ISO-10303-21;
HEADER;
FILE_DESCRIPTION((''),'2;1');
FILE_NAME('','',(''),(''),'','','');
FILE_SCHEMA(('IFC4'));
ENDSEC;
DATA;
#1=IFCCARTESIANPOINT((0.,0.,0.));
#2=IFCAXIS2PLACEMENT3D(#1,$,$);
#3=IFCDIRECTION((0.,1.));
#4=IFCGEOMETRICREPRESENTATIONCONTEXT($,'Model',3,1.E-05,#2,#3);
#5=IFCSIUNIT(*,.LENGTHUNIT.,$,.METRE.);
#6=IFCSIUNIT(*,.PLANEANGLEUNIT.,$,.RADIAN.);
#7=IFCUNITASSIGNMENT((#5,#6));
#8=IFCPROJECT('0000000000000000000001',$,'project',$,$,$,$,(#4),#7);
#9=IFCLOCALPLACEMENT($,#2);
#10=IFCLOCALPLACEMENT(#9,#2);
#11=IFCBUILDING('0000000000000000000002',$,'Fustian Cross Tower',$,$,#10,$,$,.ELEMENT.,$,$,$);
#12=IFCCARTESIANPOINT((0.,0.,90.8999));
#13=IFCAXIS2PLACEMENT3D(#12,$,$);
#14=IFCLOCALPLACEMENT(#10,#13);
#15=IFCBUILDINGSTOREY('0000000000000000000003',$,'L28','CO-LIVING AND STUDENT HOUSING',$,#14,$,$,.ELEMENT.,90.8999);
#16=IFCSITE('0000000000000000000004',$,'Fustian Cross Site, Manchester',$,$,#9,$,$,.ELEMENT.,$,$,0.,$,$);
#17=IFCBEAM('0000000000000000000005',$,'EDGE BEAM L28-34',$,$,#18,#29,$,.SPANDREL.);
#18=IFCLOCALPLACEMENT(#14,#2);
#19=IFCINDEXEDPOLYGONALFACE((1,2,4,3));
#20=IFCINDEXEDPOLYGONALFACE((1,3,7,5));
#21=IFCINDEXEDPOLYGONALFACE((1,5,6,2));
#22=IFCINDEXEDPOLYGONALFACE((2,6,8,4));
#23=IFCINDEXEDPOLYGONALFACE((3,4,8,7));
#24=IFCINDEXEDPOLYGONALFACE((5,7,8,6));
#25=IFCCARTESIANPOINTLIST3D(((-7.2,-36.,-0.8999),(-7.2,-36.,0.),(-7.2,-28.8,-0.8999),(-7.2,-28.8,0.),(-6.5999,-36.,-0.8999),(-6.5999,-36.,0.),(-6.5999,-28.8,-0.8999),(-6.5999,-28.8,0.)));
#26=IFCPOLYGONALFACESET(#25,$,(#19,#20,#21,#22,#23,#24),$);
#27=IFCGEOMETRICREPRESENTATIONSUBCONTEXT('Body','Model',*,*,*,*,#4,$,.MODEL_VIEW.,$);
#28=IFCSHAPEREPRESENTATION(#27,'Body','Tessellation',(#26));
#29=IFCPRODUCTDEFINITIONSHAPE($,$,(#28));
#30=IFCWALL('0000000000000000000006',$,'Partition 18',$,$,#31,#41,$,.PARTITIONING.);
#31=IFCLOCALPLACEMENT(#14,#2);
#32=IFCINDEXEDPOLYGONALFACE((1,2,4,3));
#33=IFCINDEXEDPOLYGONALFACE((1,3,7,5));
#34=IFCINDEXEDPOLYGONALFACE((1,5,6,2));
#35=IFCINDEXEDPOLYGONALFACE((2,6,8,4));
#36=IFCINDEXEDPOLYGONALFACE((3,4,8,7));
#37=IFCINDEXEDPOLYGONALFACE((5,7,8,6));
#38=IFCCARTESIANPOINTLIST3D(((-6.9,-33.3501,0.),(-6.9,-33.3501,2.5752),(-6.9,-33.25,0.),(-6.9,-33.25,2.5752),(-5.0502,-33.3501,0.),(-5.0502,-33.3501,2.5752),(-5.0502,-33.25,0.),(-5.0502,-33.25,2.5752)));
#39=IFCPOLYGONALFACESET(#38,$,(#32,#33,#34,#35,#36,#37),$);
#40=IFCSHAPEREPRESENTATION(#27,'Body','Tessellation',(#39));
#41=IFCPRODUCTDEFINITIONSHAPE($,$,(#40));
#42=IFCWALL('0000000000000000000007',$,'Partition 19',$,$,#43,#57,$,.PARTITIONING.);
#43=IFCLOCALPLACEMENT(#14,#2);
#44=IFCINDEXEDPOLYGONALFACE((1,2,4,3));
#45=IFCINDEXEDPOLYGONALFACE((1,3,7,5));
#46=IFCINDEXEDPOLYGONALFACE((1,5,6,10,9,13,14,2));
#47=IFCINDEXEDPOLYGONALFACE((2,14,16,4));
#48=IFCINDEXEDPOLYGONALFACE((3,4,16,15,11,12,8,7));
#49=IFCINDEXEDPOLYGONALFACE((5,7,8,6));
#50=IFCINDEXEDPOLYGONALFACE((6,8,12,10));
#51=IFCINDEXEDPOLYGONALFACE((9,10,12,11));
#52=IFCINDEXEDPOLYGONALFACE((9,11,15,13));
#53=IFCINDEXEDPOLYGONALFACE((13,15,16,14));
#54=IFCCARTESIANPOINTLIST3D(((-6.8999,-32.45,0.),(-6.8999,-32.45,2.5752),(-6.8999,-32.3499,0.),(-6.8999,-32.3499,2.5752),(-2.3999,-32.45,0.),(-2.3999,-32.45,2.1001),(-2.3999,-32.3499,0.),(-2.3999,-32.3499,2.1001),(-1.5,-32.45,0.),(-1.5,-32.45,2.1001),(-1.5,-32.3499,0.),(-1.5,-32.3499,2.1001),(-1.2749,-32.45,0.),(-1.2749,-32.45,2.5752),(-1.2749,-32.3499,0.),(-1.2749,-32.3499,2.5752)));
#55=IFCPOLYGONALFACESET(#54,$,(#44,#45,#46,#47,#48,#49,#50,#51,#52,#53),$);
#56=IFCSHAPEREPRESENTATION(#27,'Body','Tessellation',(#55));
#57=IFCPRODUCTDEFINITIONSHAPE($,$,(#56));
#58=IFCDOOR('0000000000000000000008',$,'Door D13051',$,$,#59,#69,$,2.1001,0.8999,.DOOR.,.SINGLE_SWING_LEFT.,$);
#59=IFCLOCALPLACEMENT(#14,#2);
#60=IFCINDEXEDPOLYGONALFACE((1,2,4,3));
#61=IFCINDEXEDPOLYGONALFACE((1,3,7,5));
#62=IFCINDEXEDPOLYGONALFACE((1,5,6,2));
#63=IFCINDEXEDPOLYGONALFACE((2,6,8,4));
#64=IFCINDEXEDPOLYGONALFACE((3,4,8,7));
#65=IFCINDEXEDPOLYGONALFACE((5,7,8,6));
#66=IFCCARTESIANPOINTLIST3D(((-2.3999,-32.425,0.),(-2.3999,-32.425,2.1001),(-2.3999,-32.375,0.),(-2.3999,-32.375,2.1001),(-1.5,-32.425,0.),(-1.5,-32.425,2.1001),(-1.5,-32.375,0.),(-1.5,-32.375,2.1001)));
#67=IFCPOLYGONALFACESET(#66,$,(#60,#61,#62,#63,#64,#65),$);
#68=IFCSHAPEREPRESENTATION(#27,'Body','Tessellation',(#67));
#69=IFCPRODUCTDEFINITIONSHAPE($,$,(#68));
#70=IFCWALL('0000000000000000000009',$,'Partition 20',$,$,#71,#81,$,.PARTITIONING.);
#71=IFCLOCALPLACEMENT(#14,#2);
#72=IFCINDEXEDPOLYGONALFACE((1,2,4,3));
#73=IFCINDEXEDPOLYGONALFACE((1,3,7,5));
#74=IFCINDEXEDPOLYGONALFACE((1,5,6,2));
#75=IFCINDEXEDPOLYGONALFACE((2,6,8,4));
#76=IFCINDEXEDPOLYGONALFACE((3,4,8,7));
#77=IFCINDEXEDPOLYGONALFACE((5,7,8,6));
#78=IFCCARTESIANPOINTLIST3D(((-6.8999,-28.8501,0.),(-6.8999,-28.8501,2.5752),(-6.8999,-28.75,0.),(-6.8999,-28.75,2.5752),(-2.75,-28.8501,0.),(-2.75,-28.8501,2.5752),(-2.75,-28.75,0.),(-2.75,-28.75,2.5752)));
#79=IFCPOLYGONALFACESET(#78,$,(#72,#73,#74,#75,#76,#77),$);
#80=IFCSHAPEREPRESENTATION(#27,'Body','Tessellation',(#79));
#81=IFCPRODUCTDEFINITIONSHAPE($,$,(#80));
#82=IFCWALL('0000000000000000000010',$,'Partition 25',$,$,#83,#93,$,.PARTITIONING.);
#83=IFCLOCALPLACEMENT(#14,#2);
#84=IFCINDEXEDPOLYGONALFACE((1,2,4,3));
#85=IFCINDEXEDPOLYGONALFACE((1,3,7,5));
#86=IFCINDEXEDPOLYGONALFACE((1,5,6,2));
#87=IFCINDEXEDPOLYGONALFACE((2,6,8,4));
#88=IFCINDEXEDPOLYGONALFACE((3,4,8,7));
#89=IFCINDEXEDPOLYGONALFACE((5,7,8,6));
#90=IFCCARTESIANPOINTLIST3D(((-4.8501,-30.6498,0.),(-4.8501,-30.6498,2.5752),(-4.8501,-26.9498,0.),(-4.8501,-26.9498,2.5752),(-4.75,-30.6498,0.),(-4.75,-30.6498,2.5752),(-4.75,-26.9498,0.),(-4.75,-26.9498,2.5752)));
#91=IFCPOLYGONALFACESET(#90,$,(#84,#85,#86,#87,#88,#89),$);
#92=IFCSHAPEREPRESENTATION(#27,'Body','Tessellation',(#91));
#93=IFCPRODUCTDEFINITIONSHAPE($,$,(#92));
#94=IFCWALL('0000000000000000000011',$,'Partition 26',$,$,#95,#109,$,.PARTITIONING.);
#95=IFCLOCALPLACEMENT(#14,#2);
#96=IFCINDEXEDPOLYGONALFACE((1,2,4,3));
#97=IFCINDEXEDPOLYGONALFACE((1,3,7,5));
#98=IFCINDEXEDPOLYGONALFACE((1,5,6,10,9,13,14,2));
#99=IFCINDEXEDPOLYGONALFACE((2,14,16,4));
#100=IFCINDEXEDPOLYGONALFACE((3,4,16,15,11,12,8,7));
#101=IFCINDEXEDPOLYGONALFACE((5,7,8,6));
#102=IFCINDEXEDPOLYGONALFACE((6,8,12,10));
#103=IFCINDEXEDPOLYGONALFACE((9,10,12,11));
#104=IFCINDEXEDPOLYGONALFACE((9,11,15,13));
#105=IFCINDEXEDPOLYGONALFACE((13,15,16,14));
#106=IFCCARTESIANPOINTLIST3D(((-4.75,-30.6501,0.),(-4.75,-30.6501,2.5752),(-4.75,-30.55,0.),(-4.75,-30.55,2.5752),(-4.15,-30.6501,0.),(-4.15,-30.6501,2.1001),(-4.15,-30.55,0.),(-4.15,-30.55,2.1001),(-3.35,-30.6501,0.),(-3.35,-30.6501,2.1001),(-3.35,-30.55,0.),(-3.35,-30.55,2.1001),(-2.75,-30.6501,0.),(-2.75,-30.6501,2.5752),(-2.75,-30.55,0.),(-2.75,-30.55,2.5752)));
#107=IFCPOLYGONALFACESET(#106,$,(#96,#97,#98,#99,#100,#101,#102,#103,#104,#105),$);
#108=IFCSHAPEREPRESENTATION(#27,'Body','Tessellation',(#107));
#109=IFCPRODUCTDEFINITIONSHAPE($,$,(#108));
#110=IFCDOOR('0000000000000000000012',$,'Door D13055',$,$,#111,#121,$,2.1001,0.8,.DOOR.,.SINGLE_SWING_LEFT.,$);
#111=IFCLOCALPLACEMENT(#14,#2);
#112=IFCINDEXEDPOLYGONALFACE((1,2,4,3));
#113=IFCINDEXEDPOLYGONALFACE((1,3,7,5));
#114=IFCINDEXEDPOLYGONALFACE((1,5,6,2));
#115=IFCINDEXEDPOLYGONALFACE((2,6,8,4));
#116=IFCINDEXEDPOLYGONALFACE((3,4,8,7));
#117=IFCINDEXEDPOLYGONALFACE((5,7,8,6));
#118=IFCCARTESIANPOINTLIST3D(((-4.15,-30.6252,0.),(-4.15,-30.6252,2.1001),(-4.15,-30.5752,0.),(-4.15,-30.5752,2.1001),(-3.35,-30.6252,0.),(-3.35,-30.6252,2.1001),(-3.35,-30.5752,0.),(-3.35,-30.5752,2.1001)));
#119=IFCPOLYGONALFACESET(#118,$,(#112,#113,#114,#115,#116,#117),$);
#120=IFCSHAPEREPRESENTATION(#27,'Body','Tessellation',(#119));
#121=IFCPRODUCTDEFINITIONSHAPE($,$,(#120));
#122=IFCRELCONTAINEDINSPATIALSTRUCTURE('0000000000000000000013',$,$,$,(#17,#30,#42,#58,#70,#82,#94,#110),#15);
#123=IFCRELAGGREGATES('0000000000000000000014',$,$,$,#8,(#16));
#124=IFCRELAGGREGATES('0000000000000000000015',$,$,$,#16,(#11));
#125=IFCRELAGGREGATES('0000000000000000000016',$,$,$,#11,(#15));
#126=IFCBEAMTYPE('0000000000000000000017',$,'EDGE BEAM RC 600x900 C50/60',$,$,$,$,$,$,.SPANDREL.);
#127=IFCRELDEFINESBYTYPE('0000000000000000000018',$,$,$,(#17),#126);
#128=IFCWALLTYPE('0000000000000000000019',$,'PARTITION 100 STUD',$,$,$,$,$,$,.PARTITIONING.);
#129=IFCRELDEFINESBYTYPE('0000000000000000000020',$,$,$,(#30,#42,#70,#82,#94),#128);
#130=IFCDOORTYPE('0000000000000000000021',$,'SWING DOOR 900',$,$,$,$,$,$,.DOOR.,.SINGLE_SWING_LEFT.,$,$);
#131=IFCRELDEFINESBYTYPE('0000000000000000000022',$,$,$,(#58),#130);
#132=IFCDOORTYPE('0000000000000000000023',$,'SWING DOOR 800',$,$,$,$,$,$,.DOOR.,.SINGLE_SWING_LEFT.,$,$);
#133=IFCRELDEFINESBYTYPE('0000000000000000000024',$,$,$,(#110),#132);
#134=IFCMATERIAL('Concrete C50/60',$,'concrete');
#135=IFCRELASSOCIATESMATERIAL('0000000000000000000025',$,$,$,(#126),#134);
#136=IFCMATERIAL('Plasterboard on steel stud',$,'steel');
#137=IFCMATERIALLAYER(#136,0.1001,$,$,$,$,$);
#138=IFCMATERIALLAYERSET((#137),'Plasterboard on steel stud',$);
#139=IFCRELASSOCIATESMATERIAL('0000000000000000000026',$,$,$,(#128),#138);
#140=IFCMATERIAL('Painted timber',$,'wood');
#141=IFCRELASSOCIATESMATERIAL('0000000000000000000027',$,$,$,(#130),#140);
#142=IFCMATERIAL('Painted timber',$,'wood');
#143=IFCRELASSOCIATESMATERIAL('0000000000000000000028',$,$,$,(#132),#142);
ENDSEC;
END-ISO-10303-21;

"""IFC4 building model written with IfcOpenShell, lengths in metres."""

from ifc_helpers import new_model, si_unit, direction, frame, frame_2d, origin, origin_2d, place, context, subcontext, project, spatial, rectangle, extrude, material, layer, layer_set, material_profile, profile_set, type_object, element, fill, save


model = new_model("IFC4")

# Units and contexts
model_context = context("Model", 3, precision=1e-05, world=origin(), true_north=direction((0.0, 1.0)))
body_context = subcontext(model_context, "Body", "Model", "MODEL_VIEW")
ifc_project = project(units=[si_unit("LENGTHUNIT", "METRE"), si_unit("PLANEANGLEUNIT", "RADIAN")], contexts=[model_context])

# Site, building, storey
site_placement = place(None, origin())
site = spatial("IfcSite", under=ifc_project, at=site_placement, Name="Fustian Cross Site, Manchester", CompositionType="ELEMENT", RefElevation=0.0)
building_placement = place(site_placement, origin())
building = spatial("IfcBuilding", under=site, at=building_placement, Name="Fustian Cross Tower", CompositionType="ELEMENT")
storey_placement = place(building_placement, frame((0.0, 0.0, 90.8999)))
storey = spatial("IfcBuildingStorey", under=building, at=storey_placement, Name="L28", Description="CO-LIVING AND STUDENT HOUSING", CompositionType="ELEMENT", Elevation=90.8999)

# Beam
ifc_material_1 = material(Name="Concrete C50/60", Category="concrete")
ifc_material_profile = material_profile(ifc_material_1, rectangle(XDim=0.6001, YDim=0.8999, at=origin_2d()), Name="RC 600x900")
ifc_profile_set = profile_set([ifc_material_profile], Name="Concrete C50/60")
beam_type = type_object("IfcBeamType", Name="EDGE BEAM RC 600x900 C50/60", PredefinedType="SPANDREL", material=ifc_profile_set)
beam_placement = place(storey_placement, frame((-6.8999, -28.8, -0.45), z_axis=(0.0, -1.0, 0.0), x_axis=(1.0, 0.0, 0.0)))
element("IfcBeam", 1, at=beam_placement, inside=storey, type_object=beam_type, Name="EDGE BEAM L28-34", PredefinedType="SPANDREL", context=body_context, shape_type="SweptSolid", body=[
    extrude(rectangle(XDim=0.6001, YDim=0.8999, at=origin_2d()), origin(), (0.0, 0.0, 1.0), 7.2),
])

# Wall
ifc_material_2 = material(Name="Plasterboard on steel stud", Category="steel")
ifc_layer_1 = layer(ifc_material_2, 0.1001)
ifc_layer_set_1 = layer_set([ifc_layer_1], Name="Plasterboard on steel stud")
wall_type_1 = type_object("IfcWallType", Name="PARTITION 100 STUD", PredefinedType="PARTITIONING", material=ifc_layer_set_1)
wall_1_placement = place(storey_placement, frame((-6.8999, -33.3, 0.0), z_axis=(0.0, 0.0, 1.0), x_axis=(1.0, 0.0, 0.0)))
element("IfcWall", 2, at=wall_1_placement, inside=storey, type_object=wall_type_1, Name="Partition 18", PredefinedType="PARTITIONING", context=body_context, shape_type="SweptSolid", body=[
    extrude(rectangle(XDim=1.8499, YDim=0.1001, at=frame_2d((0.9248, 0.0))), origin(), (0.0, 0.0, 1.0), 2.5752),
])

# Wall, opening, door
wall_2_placement = place(storey_placement, frame((-6.8999, -32.3999, 0.0), z_axis=(0.0, 0.0, 1.0), x_axis=(1.0, 0.0, 0.0)))
wall_2 = element("IfcWall", 3, at=wall_2_placement, inside=storey, type_object=wall_type_1, Name="Partition 19", PredefinedType="PARTITIONING", context=body_context, shape_type="SweptSolid", body=[
    extrude(rectangle(XDim=5.625, YDim=0.1001, at=frame_2d((2.8125, 0.0))), origin(), (0.0, 0.0, 1.0), 2.5752),
])
opening_1_placement = place(wall_2_placement, frame((4.5, 0.0, 0.0)))
opening_1 = element("IfcOpeningElement", 4, at=opening_1_placement, cuts=wall_2, PredefinedType="OPENING", context=body_context, shape_type="SweptSolid", body=[
    extrude(rectangle(XDim=0.8999, YDim=2.1001, at=frame_2d((0.45, 1.05))), frame((0.0, 0.0601, 0.0), z_axis=(0.0, -1.0, 0.0), x_axis=(1.0, 0.0, 0.0)), (0.0, 0.0, 1.0), 0.1201),
])
ifc_material_3 = material(Name="Painted timber", Category="wood")
door_type_1 = type_object("IfcDoorType", Name="SWING DOOR 900", OperationType="SINGLE_SWING_LEFT", PredefinedType="DOOR", material=ifc_material_3)
door_1_placement = place(opening_1_placement, origin())
door_1 = element("IfcDoor", 5, at=door_1_placement, inside=storey, type_object=door_type_1, Name="Door D13051", OperationType="SINGLE_SWING_LEFT", OverallHeight=2.1001, OverallWidth=0.8999, PredefinedType="DOOR", context=body_context, shape_type="SweptSolid", body=[
    extrude(rectangle(XDim=0.8999, YDim=2.1001, at=frame_2d((0.45, 1.05))), frame((0.0, 0.0249, 0.0), z_axis=(0.0, -1.0, 0.0), x_axis=(1.0, 0.0, 0.0)), (0.0, 0.0, 1.0), 0.05),
])
fill(opening_1, door_1)

# Walls
wall_3_placement = place(storey_placement, frame((-6.8999, -28.8, 0.0), z_axis=(0.0, 0.0, 1.0), x_axis=(1.0, 0.0, 0.0)))
element("IfcWall", 6, at=wall_3_placement, inside=storey, type_object=wall_type_1, Name="Partition 20", PredefinedType="PARTITIONING", context=body_context, shape_type="SweptSolid", body=[
    extrude(rectangle(XDim=4.1499, YDim=0.1001, at=frame_2d((2.075, 0.0))), origin(), (0.0, 0.0, 1.0), 2.5752),
])
wall_4_placement = place(storey_placement, frame((-4.8, -30.6499, 0.0), z_axis=(0.0, 0.0, 1.0), x_axis=(0.0, 1.0, 0.0)))
element("IfcWall", 7, at=wall_4_placement, inside=storey, type_object=wall_type_1, Name="Partition 25", PredefinedType="PARTITIONING", context=body_context, shape_type="SweptSolid", body=[
    extrude(rectangle(XDim=3.7, YDim=0.1001, at=frame_2d((1.8501, 0.0))), origin(), (0.0, 0.0, 1.0), 2.5752),
])

# Wall, opening, door
wall_5_placement = place(storey_placement, frame((-4.75, -30.6001, 0.0), z_axis=(0.0, 0.0, 1.0), x_axis=(1.0, 0.0, 0.0)))
wall_5 = element("IfcWall", 8, at=wall_5_placement, inside=storey, type_object=wall_type_1, Name="Partition 26", PredefinedType="PARTITIONING", context=body_context, shape_type="SweptSolid", body=[
    extrude(rectangle(XDim=2.0, YDim=0.1001, at=frame_2d((1.0, 0.0))), origin(), (0.0, 0.0, 1.0), 2.5752),
])
opening_2_placement = place(wall_5_placement, frame((0.6001, 0.0, 0.0)))
opening_2 = element("IfcOpeningElement", 9, at=opening_2_placement, cuts=wall_5, PredefinedType="OPENING", context=body_context, shape_type="SweptSolid", body=[
    extrude(rectangle(XDim=0.8, YDim=2.1001, at=frame_2d((0.3999, 1.05))), frame((0.0, 0.0601, 0.0), z_axis=(0.0, -1.0, 0.0), x_axis=(1.0, 0.0, 0.0)), (0.0, 0.0, 1.0), 0.1201),
])
ifc_material_4 = material(Name="Painted timber", Category="wood")
door_type_2 = type_object("IfcDoorType", Name="SWING DOOR 800", OperationType="SINGLE_SWING_LEFT", PredefinedType="DOOR", material=ifc_material_4)
door_2_placement = place(opening_2_placement, origin())
door_2 = element("IfcDoor", 10, at=door_2_placement, inside=storey, type_object=door_type_2, Name="Door D13055", OperationType="SINGLE_SWING_LEFT", OverallHeight=2.1001, OverallWidth=0.8, PredefinedType="DOOR", context=body_context, shape_type="SweptSolid", body=[
    extrude(rectangle(XDim=0.8, YDim=2.1001, at=frame_2d((0.3999, 1.05))), frame((0.0, 0.0249, 0.0), z_axis=(0.0, -1.0, 0.0), x_axis=(1.0, 0.0, 0.0)), (0.0, 0.0, 1.0), 0.05),
])
fill(opening_2, door_2)

save(model, "model.ifc")
